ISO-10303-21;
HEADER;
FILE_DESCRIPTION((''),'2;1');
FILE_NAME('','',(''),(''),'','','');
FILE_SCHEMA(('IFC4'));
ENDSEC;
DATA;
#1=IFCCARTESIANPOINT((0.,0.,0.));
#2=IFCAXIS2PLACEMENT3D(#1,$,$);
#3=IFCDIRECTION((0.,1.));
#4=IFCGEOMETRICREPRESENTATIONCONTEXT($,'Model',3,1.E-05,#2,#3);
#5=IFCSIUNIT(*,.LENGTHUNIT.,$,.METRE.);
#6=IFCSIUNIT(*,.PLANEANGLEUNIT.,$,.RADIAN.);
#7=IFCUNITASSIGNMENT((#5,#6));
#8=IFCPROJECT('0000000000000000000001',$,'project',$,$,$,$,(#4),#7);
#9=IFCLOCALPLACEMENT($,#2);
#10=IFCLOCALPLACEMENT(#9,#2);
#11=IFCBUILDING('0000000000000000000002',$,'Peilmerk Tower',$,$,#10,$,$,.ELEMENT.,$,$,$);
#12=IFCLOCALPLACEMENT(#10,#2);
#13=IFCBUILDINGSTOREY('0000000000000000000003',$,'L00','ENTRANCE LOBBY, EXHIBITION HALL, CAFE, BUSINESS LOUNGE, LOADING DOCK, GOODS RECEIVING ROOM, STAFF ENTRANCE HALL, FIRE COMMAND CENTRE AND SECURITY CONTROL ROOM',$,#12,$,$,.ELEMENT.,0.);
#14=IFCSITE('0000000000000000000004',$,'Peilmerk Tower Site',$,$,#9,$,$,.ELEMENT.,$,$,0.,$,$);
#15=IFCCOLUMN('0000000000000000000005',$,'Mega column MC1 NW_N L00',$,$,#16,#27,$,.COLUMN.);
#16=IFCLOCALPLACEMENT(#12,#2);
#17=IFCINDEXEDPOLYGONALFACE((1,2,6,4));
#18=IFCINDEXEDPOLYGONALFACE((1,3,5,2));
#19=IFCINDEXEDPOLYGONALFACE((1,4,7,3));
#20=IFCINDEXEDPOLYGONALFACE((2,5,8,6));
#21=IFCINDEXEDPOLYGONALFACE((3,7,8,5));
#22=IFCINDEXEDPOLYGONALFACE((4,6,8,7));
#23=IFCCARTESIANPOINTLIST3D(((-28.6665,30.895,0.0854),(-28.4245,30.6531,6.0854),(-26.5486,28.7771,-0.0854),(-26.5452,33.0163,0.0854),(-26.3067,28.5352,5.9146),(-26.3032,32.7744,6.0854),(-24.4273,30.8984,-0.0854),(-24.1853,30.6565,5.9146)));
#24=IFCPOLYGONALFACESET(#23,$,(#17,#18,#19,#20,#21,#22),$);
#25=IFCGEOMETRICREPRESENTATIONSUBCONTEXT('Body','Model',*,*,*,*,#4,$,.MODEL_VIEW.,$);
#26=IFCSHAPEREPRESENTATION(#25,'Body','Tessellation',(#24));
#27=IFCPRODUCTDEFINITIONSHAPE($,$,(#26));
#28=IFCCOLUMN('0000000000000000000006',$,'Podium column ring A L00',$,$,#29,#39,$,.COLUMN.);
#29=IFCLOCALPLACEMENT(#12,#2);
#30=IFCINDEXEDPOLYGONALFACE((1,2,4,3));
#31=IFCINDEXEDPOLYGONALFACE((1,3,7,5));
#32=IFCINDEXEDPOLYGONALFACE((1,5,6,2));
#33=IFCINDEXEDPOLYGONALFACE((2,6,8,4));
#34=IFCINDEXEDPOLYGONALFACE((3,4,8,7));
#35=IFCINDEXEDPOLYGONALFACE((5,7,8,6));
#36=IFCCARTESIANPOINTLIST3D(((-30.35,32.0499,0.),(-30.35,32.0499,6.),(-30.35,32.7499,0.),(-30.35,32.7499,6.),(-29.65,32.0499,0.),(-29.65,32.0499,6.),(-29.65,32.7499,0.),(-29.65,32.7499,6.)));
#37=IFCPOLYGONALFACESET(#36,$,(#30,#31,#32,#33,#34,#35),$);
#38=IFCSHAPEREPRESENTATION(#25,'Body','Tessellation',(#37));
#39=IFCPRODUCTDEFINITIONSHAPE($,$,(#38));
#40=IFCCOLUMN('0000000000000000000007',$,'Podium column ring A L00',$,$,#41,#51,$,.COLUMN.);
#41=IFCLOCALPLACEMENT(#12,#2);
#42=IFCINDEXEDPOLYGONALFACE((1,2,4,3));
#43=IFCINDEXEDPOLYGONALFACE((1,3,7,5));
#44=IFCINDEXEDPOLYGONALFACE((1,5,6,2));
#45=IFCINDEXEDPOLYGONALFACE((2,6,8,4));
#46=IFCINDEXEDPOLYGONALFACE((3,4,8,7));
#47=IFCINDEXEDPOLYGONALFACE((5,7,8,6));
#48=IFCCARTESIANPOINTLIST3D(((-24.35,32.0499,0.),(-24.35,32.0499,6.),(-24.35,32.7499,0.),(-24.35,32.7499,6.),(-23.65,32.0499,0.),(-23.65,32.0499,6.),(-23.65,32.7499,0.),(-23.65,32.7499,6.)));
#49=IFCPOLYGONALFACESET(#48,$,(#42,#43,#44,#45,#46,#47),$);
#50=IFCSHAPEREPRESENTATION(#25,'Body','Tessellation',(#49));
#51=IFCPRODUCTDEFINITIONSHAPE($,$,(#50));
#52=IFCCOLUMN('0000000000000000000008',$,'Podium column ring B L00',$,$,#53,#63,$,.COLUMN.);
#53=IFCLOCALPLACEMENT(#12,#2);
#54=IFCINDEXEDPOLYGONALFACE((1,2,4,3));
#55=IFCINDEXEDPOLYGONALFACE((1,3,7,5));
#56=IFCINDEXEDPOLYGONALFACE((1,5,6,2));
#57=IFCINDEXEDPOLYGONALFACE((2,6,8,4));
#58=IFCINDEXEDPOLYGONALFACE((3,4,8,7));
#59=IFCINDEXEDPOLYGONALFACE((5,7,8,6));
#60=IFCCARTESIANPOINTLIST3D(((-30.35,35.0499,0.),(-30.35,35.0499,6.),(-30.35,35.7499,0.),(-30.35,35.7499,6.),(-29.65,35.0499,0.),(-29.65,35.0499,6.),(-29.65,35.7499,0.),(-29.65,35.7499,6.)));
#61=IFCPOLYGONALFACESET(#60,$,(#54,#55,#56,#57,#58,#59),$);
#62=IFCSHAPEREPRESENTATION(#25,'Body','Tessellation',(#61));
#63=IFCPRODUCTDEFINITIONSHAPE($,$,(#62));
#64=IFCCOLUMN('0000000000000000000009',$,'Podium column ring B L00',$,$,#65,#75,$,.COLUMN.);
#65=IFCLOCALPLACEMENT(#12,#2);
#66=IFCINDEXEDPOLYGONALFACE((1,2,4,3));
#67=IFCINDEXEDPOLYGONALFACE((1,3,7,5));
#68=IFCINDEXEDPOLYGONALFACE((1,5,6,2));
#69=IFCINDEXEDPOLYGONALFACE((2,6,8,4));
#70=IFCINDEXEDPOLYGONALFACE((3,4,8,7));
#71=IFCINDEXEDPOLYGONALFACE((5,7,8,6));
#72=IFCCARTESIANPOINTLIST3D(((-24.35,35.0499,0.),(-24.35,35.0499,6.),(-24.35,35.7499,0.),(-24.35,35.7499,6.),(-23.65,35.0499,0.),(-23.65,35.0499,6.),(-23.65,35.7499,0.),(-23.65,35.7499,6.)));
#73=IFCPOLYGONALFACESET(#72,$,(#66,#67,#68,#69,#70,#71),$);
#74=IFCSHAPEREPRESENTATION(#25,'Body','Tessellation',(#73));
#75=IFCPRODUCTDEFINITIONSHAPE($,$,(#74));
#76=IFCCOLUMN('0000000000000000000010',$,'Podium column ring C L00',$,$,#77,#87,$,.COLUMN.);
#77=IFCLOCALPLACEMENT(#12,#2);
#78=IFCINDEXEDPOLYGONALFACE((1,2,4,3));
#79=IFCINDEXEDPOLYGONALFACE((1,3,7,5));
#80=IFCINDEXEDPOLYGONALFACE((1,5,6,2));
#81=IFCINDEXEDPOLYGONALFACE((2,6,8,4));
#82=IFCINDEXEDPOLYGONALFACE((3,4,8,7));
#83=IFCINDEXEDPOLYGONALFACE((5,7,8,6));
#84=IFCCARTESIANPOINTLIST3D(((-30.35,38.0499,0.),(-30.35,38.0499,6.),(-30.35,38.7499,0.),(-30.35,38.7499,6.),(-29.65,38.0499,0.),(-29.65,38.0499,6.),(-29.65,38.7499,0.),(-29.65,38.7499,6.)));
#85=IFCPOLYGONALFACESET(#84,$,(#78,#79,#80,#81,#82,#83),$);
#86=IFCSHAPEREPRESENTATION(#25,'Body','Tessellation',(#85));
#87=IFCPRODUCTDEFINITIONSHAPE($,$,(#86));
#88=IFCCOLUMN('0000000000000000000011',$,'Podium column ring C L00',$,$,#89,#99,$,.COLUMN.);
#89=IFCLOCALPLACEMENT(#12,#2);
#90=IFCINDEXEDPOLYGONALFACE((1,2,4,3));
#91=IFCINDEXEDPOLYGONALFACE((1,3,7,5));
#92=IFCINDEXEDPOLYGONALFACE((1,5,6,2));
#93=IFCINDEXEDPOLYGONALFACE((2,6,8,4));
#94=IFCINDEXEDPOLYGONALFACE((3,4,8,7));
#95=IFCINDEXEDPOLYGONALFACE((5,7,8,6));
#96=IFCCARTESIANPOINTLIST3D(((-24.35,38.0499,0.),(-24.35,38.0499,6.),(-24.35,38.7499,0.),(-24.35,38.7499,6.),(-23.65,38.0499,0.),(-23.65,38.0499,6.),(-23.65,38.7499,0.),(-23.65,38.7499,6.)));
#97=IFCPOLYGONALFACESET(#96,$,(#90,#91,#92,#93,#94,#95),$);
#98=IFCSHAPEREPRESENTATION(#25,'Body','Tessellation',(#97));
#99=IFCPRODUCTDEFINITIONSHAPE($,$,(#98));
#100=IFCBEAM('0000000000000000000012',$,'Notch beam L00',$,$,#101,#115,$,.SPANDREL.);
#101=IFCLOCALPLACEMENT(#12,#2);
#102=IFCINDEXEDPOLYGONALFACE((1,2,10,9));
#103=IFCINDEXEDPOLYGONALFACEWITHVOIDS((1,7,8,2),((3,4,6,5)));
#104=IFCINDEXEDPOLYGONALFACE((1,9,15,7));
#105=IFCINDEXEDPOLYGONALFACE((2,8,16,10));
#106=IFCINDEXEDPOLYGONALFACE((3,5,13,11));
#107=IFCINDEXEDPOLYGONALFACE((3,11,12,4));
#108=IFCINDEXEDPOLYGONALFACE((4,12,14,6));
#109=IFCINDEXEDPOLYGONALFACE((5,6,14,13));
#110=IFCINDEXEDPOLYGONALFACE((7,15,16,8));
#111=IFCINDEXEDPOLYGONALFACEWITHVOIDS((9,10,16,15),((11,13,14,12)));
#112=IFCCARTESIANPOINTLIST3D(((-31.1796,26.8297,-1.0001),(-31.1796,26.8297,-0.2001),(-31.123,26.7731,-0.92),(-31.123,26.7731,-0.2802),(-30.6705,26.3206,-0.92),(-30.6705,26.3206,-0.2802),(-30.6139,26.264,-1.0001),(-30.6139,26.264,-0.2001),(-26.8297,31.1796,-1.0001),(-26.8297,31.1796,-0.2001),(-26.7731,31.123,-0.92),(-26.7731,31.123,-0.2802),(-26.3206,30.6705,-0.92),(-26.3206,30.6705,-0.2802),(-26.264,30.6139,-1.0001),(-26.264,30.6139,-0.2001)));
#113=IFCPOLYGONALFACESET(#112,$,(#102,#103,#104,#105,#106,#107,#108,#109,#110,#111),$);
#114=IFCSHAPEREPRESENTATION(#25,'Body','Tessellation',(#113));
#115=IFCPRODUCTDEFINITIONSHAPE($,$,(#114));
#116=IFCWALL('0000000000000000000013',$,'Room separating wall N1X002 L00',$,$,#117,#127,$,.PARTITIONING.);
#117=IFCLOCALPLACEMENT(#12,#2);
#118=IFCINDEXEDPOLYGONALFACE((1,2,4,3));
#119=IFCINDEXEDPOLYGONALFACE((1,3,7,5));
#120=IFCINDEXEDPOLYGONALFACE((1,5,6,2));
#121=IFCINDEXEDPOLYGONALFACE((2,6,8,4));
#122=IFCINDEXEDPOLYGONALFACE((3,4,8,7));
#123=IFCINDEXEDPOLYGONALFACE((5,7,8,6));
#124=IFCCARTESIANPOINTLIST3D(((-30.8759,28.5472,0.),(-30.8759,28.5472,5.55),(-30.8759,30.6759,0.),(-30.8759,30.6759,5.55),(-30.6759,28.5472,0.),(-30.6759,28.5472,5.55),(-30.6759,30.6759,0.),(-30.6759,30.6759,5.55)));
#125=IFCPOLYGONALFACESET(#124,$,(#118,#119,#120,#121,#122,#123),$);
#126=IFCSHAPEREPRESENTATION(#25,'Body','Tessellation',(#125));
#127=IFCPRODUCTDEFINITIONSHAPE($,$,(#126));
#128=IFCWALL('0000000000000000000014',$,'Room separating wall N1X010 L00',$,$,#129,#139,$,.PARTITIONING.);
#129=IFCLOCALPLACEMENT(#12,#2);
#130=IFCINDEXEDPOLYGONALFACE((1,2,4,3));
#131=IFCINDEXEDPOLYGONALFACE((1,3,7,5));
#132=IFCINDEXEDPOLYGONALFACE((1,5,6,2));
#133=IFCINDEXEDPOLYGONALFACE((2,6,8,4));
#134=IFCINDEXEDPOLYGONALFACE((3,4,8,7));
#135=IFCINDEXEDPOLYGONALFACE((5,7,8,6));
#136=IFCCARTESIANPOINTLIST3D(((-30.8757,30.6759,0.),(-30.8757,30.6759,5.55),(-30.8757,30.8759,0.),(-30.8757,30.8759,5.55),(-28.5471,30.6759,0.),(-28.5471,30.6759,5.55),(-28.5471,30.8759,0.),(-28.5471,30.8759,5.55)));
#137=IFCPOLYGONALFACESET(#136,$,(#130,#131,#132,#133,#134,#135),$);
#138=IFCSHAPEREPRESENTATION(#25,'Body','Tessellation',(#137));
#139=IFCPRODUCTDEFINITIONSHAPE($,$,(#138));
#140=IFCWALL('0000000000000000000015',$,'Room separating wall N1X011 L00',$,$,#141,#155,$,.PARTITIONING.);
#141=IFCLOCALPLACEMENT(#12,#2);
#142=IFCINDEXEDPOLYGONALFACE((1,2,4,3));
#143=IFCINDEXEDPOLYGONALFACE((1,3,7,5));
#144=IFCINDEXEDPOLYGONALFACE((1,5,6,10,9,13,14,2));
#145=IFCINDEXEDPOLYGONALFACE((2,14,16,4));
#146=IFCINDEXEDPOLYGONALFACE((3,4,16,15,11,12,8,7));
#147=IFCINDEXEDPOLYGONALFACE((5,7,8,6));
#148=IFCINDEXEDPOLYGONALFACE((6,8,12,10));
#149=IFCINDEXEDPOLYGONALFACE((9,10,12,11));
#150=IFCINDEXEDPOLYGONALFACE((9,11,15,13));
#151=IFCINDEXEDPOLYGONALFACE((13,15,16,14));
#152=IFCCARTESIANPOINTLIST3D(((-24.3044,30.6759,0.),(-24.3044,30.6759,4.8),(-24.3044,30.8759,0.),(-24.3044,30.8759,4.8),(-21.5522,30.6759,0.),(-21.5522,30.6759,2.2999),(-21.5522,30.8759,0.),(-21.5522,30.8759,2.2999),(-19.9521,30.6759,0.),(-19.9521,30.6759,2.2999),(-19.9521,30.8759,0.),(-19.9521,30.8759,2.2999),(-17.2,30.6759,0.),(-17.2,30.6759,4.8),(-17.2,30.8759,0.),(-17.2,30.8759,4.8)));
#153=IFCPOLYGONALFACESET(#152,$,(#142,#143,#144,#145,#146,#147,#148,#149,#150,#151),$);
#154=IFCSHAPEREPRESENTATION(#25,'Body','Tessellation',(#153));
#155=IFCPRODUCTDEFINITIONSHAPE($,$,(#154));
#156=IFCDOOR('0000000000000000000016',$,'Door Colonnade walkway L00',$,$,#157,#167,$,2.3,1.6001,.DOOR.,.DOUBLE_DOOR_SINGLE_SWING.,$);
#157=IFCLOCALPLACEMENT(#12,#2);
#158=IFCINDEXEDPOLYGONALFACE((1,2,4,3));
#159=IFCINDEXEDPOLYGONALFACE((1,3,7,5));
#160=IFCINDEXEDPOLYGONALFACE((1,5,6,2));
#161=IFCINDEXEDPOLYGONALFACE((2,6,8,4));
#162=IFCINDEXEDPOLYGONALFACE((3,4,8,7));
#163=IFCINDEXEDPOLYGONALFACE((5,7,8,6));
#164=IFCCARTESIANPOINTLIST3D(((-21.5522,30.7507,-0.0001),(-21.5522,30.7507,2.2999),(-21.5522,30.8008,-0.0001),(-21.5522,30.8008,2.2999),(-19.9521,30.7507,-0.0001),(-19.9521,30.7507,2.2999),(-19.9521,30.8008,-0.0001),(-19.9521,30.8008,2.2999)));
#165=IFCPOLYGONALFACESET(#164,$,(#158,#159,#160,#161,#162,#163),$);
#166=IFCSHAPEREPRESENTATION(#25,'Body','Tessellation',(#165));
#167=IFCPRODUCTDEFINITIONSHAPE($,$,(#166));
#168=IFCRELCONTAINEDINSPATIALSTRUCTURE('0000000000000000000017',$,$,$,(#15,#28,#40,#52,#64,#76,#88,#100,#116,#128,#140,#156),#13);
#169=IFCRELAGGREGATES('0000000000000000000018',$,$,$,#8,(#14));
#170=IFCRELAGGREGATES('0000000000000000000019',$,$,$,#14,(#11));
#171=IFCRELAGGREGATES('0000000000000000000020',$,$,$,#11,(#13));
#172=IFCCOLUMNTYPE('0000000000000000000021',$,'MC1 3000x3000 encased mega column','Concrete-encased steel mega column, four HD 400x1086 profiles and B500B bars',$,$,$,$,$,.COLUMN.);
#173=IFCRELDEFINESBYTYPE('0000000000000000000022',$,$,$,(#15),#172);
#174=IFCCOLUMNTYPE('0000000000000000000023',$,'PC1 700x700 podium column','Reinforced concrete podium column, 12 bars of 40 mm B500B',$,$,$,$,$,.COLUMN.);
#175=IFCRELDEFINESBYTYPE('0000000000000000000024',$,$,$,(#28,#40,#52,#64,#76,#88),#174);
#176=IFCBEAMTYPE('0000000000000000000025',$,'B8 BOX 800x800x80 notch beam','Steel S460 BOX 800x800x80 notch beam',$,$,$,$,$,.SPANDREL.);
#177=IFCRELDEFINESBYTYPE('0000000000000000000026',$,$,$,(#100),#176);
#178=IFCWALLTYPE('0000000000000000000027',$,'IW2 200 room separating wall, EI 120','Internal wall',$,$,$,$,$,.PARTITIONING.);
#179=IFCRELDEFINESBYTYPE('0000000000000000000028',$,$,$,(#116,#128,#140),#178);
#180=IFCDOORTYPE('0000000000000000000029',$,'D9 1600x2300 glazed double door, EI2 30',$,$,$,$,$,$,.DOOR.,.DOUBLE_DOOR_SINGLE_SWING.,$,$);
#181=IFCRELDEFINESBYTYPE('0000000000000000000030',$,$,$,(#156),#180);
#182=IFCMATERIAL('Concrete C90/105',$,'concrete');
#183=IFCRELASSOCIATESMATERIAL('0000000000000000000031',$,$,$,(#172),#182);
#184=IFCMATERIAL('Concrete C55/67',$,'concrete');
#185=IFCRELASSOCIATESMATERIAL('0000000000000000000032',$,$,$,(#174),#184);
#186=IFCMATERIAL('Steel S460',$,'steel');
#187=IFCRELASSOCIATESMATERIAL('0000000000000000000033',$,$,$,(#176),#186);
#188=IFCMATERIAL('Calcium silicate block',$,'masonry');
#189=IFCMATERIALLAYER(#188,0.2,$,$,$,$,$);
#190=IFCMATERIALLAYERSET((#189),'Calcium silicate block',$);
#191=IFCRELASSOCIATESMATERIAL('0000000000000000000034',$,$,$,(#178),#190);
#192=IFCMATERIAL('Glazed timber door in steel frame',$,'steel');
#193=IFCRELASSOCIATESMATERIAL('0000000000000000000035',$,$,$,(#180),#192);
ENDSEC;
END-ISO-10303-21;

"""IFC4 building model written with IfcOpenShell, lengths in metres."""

from ifc_helpers import new_model, si_unit, direction, frame, frame_2d, origin, origin_2d, place, context, subcontext, project, spatial, rectangle, hollow_rectangle, extrude, material, layer, layer_set, material_profile, profile_set, type_object, element, fill, save


model = new_model("IFC4")

# Units and contexts
model_context = context("Model", 3, precision=1e-05, world=origin(), true_north=direction((0.0, 1.0)))
body_context = subcontext(model_context, "Body", "Model", "MODEL_VIEW")
ifc_project = project(units=[si_unit("LENGTHUNIT", "METRE"), si_unit("PLANEANGLEUNIT", "RADIAN")], contexts=[model_context])

# Site, building, storey
site_placement = place(None, origin())
site = spatial("IfcSite", under=ifc_project, at=site_placement, Name="Peilmerk Tower Site", CompositionType="ELEMENT", RefElevation=0.0)
building_placement = place(site_placement, origin())
building = spatial("IfcBuilding", under=site, at=building_placement, Name="Peilmerk Tower", CompositionType="ELEMENT")
storey_placement = place(building_placement, origin())
storey = spatial("IfcBuildingStorey", under=building, at=storey_placement, Name="L00", Description="ENTRANCE LOBBY, EXHIBITION HALL, CAFE, BUSINESS LOUNGE, LOADING DOCK, GOODS RECEIVING ROOM, STAFF ENTRANCE HALL, FIRE COMMAND CENTRE AND SECURITY CONTROL ROOM", CompositionType="ELEMENT", Elevation=0.0)

# Columns
ifc_material_1 = material(Name="Concrete C90/105", Category="concrete")
ifc_material_profile_1 = material_profile(ifc_material_1, rectangle(XDim=3.0, YDim=3.0, at=origin_2d()), Name="RC 3000x3000")
ifc_profile_set_1 = profile_set([ifc_material_profile_1], Name="Concrete C90/105")
column_type_1 = type_object("IfcColumnType", Name="MC1 3000x3000 encased mega column", Description="Concrete-encased steel mega column, four HD 400x1086 profiles and B500B bars", PredefinedType="COLUMN", material=ifc_profile_set_1)
column_placement = place(storey_placement, frame((-26.5469, 30.8967, 0.0), z_axis=(0.040258, -0.040258, 0.998378), x_axis=(0.707107, 0.707107, 0.0)))
element("IfcColumn", 1, at=column_placement, inside=storey, type_object=column_type_1, Name="Mega column MC1 NW_N L00", PredefinedType="COLUMN", context=body_context, shape_type="SweptSolid", body=[
    extrude(rectangle(XDim=3.0, YDim=3.0, at=origin_2d()), origin(), (0.0, 0.0, 1.0), 6.0098),
])
ifc_material_2 = material(Name="Concrete C55/67", Category="concrete")
ifc_material_profile_2 = material_profile(ifc_material_2, rectangle(XDim=0.7, YDim=0.7, at=origin_2d()), Name="RC 700x700")
ifc_profile_set_2 = profile_set([ifc_material_profile_2], Name="Concrete C55/67")
column_type_2 = type_object("IfcColumnType", Name="PC1 700x700 podium column", Description="Reinforced concrete podium column, 12 bars of 40 mm B500B", PredefinedType="COLUMN", material=ifc_profile_set_2)
for number, where, z_axis, x_axis, name in (
    (2, (-30.0, 32.3999, 0.0), (0.0, 0.0, 1.0), (1.0, 0.0, 0.0), "Podium column ring A L00"),
    (3, (-24.0, 32.3999, 0.0), (0.0, 0.0, 1.0), (1.0, 0.0, 0.0), "Podium column ring A L00"),
    (4, (-30.0, 35.3999, 0.0), (0.0, 0.0, 1.0), (1.0, 0.0, 0.0), "Podium column ring B L00"),
    (5, (-24.0, 35.3999, 0.0), (0.0, 0.0, 1.0), (1.0, 0.0, 0.0), "Podium column ring B L00"),
    (6, (-30.0, 38.3999, 0.0), (0.0, 0.0, 1.0), (1.0, 0.0, 0.0), "Podium column ring C L00"),
    (7, (-24.0, 38.3999, 0.0), (0.0, 0.0, 1.0), (1.0, 0.0, 0.0), "Podium column ring C L00"),
):
    element("IfcColumn", number, at=place(storey_placement, frame(where, z_axis=z_axis, x_axis=x_axis)), inside=storey, type_object=column_type_2, Name=name, PredefinedType="COLUMN", context=body_context, shape_type="SweptSolid", body=[
        extrude(rectangle(XDim=0.7, YDim=0.7, at=origin_2d()), origin(), (0.0, 0.0, 1.0), 6.0),
    ])

# Beam
ifc_material_3 = material(Name="Steel S460", Category="steel")
ifc_material_profile_3 = material_profile(ifc_material_3, hollow_rectangle(XDim=0.8, YDim=0.8, WallThickness=0.0801, at=origin_2d()), Name="BOX 800x800x80")
ifc_profile_set_3 = profile_set([ifc_material_profile_3], Name="Steel S460")
beam_type = type_object("IfcBeamType", Name="B8 BOX 800x800x80 notch beam", Description="Steel S460 BOX 800x800x80 notch beam", PredefinedType="SPANDREL", material=ifc_profile_set_3)
beam_placement = place(storey_placement, frame((-30.8967, 26.5469, -0.6001), z_axis=(0.707107, 0.707107, 0.0), x_axis=(-0.707107, 0.707107, 0.0)))
element("IfcBeam", 8, at=beam_placement, inside=storey, type_object=beam_type, Name="Notch beam L00", PredefinedType="SPANDREL", context=body_context, shape_type="SweptSolid", body=[
    extrude(hollow_rectangle(XDim=0.8, YDim=0.8, WallThickness=0.0801, at=origin_2d()), origin(), (0.0, 0.0, 1.0), 6.1516),
])

# Walls
ifc_material_4 = material(Name="Calcium silicate block", Category="masonry")
ifc_layer = layer(ifc_material_4, 0.2)
ifc_layer_set = layer_set([ifc_layer], Name="Calcium silicate block")
wall_type = type_object("IfcWallType", Name="IW2 200 room separating wall, EI 120", Description="Internal wall", PredefinedType="PARTITIONING", material=ifc_layer_set)
wall_1_placement = place(storey_placement, frame((-30.7759, 28.5471, 0.0), z_axis=(0.0, 0.0, 1.0), x_axis=(0.0, 1.0, 0.0)))
element("IfcWall", 9, at=wall_1_placement, inside=storey, type_object=wall_type, Name="Room separating wall N1X002 L00", PredefinedType="PARTITIONING", context=body_context, shape_type="SweptSolid", body=[
    extrude(rectangle(XDim=2.1287, YDim=0.2, at=frame_2d((1.0645, 0.0))), origin(), (0.0, 0.0, 1.0), 5.55),
])
wall_2_placement = place(storey_placement, frame((-30.8757, 30.7759, 0.0), z_axis=(0.0, 0.0, 1.0), x_axis=(1.0, 0.0, 0.0)))
element("IfcWall", 10, at=wall_2_placement, inside=storey, type_object=wall_type, Name="Room separating wall N1X010 L00", PredefinedType="PARTITIONING", context=body_context, shape_type="SweptSolid", body=[
    extrude(rectangle(XDim=2.3286, YDim=0.2, at=frame_2d((1.1643, 0.0))), origin(), (0.0, 0.0, 1.0), 5.55),
])

# Wall, opening, door
wall_3_placement = place(storey_placement, frame((-24.3044, 30.7759, 0.0), z_axis=(0.0, 0.0, 1.0), x_axis=(1.0, 0.0, 0.0)))
wall_3 = element("IfcWall", 11, at=wall_3_placement, inside=storey, type_object=wall_type, Name="Room separating wall N1X011 L00", PredefinedType="PARTITIONING", context=body_context, shape_type="SweptSolid", body=[
    extrude(rectangle(XDim=7.1045, YDim=0.2, at=frame_2d((3.5522, 0.0))), origin(), (0.0, 0.0, 1.0), 4.8),
])
opening_placement = place(wall_3_placement, frame((2.7522, 0.0, 0.0)))
opening = element("IfcOpeningElement", 12, at=opening_placement, cuts=wall_3, PredefinedType="OPENING", context=body_context, shape_type="SweptSolid", body=[
    extrude(rectangle(XDim=1.6001, YDim=2.3, at=frame_2d((0.8, 1.1499))), frame((0.0, 0.1099, 0.0), z_axis=(0.0, -1.0, 0.0), x_axis=(1.0, 0.0, 0.0)), (0.0, 0.0, 1.0), 0.22),
])
ifc_material_5 = material(Name="Glazed timber door in steel frame", Category="steel")
door_type = type_object("IfcDoorType", Name="D9 1600x2300 glazed double door, EI2 30", OperationType="DOUBLE_DOOR_SINGLE_SWING", PredefinedType="DOOR", material=ifc_material_5)
door_placement = place(opening_placement, origin())
door = element("IfcDoor", 13, at=door_placement, inside=storey, type_object=door_type, Name="Door Colonnade walkway L00", OperationType="DOUBLE_DOOR_SINGLE_SWING", OverallHeight=2.3, OverallWidth=1.6001, PredefinedType="DOOR", context=body_context, shape_type="SweptSolid", body=[
    extrude(rectangle(XDim=1.6001, YDim=2.3, at=frame_2d((0.8, 1.1499))), frame((0.0, 0.0249, 0.0), z_axis=(0.0, -1.0, 0.0), x_axis=(1.0, 0.0, 0.0)), (0.0, 0.0, 1.0), 0.05),
])
fill(opening, door)

save(model, "model.ifc")
